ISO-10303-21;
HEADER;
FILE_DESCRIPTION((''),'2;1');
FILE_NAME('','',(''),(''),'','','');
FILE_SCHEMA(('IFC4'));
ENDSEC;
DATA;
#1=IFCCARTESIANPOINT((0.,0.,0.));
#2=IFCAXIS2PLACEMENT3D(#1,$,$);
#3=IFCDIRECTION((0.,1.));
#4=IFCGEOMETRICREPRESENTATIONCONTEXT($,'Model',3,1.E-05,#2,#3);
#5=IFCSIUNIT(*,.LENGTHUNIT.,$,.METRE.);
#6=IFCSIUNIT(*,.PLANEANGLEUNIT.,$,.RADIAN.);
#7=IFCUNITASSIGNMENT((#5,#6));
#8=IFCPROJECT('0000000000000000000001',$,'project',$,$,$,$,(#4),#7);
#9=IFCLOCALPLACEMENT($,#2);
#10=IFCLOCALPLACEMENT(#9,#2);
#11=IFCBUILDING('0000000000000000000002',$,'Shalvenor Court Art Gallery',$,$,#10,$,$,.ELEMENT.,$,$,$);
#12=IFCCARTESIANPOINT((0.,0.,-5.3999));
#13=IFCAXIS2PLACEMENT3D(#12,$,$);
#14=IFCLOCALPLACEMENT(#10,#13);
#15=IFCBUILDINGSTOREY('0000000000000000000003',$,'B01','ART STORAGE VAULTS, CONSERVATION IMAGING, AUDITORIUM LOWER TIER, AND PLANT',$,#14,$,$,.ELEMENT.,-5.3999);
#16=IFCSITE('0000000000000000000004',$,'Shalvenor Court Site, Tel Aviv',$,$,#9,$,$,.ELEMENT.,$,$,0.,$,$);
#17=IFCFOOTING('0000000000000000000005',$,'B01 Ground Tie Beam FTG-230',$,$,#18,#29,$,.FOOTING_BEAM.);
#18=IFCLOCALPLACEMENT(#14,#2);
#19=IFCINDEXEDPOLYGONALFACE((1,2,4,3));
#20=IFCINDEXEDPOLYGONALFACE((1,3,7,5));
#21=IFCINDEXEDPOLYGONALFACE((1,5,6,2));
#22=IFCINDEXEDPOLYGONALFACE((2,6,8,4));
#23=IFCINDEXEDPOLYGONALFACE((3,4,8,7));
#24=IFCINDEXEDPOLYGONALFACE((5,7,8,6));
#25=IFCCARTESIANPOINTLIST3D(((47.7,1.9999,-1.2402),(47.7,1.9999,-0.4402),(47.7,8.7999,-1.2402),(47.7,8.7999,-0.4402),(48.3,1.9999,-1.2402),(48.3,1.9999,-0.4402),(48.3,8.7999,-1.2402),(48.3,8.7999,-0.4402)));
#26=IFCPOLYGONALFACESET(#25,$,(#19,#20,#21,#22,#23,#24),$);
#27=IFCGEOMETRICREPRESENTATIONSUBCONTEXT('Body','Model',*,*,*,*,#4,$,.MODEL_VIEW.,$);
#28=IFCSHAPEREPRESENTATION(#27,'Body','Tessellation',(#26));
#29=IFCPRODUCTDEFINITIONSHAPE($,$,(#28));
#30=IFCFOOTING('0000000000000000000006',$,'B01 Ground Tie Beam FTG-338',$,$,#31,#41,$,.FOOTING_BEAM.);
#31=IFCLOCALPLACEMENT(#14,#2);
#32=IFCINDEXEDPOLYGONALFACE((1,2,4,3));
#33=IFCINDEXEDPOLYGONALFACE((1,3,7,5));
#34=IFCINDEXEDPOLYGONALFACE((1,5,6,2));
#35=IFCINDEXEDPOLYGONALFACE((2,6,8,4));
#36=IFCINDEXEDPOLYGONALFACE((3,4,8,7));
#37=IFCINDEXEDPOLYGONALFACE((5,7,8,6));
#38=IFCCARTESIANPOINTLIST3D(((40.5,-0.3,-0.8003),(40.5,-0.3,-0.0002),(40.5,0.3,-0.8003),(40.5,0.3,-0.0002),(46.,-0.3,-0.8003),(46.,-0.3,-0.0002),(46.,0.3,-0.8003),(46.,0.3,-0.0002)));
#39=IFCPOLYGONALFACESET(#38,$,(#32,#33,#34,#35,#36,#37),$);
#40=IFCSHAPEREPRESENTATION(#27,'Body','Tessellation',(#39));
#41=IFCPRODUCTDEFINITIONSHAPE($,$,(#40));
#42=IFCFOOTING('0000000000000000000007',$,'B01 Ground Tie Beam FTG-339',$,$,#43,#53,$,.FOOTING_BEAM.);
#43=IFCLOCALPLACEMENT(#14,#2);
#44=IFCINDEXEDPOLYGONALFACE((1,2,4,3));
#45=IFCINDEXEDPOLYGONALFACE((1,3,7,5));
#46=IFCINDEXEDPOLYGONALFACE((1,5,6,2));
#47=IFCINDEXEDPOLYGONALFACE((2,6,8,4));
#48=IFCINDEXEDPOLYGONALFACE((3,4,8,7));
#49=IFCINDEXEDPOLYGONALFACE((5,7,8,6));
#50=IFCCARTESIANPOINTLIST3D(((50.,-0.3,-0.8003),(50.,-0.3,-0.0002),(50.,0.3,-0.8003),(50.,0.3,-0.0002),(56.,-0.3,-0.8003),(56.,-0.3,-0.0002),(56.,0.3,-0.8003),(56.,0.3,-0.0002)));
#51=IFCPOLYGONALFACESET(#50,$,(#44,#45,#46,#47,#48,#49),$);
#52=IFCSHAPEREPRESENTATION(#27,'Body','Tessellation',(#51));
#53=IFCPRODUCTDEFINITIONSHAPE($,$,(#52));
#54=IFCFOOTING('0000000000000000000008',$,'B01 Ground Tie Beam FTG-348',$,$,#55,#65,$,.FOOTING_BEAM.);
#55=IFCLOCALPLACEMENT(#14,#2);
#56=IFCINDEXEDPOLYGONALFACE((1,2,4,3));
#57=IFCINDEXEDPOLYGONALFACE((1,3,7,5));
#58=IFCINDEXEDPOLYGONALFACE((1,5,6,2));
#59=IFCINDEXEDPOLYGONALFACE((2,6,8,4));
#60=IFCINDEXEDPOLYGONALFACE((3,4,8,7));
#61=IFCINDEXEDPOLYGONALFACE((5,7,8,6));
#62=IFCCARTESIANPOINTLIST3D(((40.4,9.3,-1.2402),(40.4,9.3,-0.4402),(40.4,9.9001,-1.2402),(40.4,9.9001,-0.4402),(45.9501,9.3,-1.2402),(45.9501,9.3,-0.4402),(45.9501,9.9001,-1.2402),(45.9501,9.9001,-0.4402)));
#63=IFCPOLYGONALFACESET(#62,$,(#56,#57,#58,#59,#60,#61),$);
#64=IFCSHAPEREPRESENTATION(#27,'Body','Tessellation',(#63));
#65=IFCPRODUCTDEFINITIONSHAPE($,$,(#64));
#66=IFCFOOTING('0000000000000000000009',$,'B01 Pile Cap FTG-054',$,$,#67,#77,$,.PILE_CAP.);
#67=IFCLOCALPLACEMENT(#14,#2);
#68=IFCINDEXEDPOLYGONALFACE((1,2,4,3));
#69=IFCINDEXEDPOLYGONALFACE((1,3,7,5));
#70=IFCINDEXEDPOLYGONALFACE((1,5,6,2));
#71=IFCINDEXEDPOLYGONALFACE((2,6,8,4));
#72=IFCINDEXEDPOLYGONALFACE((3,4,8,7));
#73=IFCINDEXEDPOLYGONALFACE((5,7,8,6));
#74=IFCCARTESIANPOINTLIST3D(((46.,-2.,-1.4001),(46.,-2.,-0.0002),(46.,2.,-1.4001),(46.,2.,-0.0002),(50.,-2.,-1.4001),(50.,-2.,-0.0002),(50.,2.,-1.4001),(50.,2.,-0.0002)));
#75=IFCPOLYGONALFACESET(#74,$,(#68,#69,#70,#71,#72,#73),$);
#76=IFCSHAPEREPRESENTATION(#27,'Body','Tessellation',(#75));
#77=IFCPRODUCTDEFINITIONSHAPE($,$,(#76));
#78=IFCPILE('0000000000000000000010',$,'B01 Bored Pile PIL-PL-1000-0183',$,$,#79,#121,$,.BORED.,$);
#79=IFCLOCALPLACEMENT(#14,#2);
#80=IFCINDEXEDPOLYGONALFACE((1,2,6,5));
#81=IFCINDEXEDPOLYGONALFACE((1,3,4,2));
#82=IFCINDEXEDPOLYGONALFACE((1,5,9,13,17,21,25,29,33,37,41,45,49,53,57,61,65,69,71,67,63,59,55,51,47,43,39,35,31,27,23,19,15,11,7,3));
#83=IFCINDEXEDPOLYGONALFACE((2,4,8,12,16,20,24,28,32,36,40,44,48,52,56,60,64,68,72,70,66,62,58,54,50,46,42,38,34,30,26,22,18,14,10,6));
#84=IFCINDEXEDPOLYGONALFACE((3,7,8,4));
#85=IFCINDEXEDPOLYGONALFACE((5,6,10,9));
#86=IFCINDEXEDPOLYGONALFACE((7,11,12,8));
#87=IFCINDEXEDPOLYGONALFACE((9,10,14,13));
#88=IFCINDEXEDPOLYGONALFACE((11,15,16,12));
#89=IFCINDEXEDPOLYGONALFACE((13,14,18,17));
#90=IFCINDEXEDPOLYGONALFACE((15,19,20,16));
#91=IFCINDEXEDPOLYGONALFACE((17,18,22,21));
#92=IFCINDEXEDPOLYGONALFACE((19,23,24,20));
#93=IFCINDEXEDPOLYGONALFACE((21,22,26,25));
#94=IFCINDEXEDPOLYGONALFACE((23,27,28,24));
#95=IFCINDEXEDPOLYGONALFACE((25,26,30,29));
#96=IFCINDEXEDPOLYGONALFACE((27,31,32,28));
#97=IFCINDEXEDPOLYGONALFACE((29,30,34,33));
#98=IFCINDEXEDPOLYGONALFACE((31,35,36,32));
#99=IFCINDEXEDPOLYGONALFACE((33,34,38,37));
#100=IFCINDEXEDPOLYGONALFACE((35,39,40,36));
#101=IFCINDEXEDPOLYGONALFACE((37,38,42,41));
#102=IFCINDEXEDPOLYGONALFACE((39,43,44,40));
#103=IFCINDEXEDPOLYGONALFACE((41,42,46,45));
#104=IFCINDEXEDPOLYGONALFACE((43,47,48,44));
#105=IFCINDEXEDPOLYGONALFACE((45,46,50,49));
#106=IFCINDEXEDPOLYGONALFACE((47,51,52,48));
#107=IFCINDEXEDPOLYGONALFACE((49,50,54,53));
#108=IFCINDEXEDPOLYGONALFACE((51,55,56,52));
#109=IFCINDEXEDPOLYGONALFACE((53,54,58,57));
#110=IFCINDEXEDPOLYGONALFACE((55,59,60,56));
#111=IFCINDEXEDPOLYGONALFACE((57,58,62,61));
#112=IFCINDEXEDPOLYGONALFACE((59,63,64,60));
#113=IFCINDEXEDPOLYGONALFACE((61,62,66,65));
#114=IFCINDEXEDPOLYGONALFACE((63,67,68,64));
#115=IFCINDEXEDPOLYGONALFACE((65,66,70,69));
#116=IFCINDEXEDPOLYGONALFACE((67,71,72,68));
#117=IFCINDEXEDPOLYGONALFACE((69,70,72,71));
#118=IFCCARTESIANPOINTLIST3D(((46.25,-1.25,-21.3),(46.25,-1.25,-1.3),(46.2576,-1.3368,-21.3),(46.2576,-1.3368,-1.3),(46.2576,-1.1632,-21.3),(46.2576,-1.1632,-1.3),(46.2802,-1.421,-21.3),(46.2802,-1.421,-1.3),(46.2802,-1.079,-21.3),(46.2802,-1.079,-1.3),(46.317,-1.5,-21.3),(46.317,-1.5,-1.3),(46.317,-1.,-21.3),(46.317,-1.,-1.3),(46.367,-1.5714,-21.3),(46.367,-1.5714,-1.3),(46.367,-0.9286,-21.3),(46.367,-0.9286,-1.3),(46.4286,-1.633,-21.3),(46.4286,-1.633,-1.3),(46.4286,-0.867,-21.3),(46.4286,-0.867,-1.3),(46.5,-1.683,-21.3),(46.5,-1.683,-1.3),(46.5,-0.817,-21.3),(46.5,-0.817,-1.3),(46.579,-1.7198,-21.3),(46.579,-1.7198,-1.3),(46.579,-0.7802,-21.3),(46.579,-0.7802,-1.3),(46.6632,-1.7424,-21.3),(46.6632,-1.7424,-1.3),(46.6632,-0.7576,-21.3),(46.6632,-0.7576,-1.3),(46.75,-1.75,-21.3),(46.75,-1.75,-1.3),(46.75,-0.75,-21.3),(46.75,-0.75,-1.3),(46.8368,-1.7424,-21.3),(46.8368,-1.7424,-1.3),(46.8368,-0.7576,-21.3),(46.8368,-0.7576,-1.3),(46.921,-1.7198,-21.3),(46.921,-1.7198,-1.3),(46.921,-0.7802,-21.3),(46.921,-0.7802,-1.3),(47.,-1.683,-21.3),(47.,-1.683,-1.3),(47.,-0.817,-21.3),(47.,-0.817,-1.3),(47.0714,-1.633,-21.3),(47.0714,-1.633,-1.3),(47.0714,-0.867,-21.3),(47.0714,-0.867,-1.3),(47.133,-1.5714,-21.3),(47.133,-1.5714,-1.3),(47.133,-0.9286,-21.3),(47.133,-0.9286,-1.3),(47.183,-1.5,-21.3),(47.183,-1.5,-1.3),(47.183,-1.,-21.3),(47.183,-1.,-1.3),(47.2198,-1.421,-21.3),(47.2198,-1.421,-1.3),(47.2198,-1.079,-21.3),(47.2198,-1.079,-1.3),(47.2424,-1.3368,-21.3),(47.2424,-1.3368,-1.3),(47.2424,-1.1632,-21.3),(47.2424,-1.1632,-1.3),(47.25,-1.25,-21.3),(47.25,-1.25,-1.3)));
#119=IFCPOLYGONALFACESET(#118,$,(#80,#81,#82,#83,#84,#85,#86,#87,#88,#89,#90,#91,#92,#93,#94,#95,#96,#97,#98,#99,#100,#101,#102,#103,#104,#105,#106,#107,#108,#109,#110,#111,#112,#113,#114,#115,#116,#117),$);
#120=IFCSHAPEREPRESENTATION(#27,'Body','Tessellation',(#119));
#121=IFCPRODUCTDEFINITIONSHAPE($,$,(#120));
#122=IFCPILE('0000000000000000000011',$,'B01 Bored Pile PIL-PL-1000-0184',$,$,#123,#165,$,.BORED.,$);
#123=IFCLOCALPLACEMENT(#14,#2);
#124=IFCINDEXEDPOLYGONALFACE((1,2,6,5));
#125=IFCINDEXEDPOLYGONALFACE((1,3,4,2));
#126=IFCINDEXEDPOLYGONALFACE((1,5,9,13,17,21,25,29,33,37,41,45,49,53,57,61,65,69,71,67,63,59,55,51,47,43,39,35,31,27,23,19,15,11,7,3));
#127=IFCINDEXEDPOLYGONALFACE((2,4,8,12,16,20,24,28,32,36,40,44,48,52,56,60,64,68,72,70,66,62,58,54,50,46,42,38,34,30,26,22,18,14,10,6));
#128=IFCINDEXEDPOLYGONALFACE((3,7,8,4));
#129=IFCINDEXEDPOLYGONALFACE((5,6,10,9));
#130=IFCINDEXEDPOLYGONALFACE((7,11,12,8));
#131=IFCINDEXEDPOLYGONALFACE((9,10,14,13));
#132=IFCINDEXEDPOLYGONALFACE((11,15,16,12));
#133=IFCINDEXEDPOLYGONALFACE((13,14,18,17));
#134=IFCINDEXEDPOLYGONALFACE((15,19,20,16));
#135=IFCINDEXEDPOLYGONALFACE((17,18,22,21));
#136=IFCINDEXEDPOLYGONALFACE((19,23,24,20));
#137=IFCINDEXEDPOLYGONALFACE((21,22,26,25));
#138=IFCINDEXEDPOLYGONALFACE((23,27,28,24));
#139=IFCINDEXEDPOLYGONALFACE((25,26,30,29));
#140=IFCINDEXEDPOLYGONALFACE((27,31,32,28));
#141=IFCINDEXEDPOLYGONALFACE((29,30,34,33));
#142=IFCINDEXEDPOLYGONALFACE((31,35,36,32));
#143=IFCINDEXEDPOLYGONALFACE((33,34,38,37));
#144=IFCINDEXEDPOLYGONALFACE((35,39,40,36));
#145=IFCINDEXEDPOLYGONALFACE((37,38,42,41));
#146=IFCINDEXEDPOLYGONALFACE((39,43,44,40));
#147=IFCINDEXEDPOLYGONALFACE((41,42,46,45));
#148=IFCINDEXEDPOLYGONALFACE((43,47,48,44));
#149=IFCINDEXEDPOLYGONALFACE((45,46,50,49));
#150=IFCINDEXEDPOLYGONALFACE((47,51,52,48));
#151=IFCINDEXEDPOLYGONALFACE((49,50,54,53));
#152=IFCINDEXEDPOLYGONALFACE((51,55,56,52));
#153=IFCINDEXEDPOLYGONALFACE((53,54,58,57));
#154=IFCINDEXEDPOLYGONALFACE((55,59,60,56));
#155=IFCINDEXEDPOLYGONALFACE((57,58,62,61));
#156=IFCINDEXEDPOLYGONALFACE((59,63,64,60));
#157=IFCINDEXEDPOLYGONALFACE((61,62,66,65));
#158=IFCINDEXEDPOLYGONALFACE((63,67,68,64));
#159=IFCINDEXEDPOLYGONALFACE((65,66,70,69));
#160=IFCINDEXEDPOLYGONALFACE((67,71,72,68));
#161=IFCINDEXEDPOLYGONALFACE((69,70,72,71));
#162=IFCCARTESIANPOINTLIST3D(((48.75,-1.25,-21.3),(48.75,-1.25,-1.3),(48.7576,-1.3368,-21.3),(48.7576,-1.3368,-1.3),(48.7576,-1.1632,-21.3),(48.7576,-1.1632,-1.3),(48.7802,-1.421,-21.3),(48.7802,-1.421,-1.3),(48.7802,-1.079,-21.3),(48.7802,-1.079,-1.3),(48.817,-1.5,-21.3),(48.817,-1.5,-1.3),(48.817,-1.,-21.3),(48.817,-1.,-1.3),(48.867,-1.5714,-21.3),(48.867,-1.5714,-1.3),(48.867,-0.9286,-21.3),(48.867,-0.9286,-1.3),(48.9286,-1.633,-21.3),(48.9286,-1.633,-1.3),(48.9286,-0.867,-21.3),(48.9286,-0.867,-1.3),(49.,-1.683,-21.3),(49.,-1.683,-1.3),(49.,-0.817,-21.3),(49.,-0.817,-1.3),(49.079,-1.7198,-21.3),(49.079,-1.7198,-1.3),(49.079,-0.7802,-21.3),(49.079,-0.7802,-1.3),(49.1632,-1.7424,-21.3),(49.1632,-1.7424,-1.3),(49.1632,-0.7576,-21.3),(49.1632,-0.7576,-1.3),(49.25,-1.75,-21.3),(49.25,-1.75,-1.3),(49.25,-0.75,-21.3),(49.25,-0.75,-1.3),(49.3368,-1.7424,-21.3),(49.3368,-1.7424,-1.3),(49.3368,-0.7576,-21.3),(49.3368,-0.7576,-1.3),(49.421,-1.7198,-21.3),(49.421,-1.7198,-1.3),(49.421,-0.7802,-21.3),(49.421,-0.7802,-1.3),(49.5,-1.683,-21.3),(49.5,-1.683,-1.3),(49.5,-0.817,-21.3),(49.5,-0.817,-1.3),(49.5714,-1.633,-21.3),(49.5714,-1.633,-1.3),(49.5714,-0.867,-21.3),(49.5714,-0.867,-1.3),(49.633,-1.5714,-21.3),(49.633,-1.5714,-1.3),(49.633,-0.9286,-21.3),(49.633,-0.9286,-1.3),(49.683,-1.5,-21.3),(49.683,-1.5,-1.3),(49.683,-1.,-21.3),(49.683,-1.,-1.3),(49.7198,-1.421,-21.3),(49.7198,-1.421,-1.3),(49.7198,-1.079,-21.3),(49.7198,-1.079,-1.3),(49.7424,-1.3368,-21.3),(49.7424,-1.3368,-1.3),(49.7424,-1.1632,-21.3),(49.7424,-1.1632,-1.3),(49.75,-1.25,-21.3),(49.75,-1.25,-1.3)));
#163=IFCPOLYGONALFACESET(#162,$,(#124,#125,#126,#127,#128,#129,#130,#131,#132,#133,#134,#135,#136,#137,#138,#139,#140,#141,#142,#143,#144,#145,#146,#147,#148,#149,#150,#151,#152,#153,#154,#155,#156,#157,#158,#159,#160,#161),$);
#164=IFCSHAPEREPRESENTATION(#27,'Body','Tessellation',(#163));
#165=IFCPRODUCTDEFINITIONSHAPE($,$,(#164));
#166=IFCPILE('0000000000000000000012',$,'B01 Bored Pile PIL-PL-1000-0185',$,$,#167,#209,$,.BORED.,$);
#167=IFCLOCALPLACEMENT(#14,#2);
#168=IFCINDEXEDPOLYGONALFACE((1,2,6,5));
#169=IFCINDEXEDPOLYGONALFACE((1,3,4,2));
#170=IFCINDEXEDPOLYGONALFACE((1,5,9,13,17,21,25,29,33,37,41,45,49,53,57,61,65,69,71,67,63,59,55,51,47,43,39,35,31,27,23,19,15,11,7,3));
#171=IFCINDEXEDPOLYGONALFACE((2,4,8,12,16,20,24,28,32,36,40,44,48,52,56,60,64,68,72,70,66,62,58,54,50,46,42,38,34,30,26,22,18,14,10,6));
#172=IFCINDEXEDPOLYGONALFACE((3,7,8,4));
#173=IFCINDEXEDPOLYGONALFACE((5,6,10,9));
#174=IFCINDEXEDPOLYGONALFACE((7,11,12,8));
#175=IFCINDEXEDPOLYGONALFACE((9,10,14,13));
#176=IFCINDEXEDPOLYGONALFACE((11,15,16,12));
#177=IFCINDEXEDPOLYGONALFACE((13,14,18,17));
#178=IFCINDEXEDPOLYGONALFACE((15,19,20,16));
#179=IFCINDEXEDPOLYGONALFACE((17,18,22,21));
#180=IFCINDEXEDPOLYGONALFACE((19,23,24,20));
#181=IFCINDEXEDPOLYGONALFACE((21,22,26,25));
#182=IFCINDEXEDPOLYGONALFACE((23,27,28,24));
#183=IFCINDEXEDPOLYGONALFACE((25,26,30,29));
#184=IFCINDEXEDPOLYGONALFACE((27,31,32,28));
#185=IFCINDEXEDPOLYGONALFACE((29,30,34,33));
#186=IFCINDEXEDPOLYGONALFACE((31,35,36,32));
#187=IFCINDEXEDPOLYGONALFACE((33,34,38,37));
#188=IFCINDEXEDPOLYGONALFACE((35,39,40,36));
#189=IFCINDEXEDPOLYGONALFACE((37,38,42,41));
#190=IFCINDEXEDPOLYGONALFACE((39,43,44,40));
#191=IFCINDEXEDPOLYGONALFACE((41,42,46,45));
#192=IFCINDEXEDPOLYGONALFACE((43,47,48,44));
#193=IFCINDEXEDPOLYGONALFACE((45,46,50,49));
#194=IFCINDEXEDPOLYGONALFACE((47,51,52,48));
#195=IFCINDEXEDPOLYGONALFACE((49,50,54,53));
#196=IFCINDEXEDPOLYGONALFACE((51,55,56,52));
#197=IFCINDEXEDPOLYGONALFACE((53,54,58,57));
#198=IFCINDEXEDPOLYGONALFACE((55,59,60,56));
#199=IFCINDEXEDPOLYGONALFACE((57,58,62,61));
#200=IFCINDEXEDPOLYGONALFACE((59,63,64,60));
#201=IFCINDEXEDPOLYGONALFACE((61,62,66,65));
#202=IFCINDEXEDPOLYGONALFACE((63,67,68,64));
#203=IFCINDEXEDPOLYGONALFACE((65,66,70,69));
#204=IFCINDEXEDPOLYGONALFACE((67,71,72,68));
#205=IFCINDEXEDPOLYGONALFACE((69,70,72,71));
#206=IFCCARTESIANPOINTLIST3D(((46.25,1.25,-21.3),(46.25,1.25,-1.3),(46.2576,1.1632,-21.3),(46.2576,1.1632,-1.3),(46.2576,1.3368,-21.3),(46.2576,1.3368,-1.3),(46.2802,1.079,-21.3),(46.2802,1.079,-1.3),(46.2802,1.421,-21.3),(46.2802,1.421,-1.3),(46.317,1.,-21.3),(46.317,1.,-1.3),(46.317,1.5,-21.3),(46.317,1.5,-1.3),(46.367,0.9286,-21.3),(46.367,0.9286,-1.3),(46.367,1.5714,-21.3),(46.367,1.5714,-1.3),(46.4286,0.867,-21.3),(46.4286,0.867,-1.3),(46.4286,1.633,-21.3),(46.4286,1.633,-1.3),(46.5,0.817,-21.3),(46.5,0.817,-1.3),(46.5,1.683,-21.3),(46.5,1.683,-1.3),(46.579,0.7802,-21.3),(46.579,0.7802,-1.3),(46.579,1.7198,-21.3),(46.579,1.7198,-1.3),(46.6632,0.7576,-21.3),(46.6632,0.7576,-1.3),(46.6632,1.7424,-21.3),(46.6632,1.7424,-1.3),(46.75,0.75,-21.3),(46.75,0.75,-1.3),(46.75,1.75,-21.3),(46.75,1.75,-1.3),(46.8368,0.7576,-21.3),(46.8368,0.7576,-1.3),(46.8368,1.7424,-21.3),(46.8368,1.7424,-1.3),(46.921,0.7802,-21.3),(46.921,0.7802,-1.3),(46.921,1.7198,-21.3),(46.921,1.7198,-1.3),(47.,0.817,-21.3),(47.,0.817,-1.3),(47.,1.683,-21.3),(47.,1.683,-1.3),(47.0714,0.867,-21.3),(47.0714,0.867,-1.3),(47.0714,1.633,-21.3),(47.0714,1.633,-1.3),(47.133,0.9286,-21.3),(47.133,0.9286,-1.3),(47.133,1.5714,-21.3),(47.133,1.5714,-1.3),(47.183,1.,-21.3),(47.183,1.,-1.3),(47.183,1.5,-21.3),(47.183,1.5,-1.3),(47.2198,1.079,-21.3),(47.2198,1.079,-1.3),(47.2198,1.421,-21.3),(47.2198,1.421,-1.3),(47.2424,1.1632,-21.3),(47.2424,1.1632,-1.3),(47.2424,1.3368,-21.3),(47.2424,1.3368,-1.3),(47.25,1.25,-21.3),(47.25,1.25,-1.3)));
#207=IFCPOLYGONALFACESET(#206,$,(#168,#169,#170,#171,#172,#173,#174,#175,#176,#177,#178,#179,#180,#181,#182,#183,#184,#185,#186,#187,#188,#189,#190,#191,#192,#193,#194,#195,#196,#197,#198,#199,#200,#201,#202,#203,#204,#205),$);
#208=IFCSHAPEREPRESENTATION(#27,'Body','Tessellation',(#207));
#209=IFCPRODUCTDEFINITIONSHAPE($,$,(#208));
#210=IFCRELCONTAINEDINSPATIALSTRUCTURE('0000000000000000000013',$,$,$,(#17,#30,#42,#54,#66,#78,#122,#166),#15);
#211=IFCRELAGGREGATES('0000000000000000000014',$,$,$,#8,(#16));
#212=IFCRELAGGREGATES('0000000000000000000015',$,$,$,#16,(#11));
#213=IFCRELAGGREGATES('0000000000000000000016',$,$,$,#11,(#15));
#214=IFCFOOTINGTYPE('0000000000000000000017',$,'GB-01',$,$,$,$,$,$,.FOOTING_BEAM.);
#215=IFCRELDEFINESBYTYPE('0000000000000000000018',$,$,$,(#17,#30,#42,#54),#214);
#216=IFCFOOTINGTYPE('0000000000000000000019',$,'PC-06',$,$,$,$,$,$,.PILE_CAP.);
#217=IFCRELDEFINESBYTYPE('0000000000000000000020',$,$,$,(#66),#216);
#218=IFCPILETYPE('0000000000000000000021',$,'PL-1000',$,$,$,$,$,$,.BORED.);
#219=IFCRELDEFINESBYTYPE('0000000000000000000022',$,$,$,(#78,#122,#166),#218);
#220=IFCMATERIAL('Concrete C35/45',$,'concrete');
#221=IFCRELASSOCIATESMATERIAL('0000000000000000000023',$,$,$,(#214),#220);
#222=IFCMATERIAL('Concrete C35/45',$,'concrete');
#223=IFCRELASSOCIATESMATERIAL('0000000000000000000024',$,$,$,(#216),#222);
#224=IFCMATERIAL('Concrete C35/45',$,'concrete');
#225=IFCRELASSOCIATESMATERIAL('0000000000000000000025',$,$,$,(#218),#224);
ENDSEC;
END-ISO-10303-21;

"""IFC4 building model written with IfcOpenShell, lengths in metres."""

from ifc_helpers import new_model, si_unit, direction, frame, origin, origin_2d, place, context, subcontext, project, spatial, rectangle, circle, extrude, material, material_profile, profile_set, type_object, element, save


model = new_model("IFC4")

# Units and contexts
model_context = context("Model", 3, precision=1e-05, world=origin(), true_north=direction((0.0, 1.0)))
body_context = subcontext(model_context, "Body", "Model", "MODEL_VIEW")
ifc_project = project(units=[si_unit("LENGTHUNIT", "METRE"), si_unit("PLANEANGLEUNIT", "RADIAN")], contexts=[model_context])

# Site, building, storey
site_placement = place(None, origin())
site = spatial("IfcSite", under=ifc_project, at=site_placement, Name="Shalvenor Court Site, Tel Aviv", CompositionType="ELEMENT", RefElevation=0.0)
building_placement = place(site_placement, origin())
building = spatial("IfcBuilding", under=site, at=building_placement, Name="Shalvenor Court Art Gallery", CompositionType="ELEMENT")
storey_placement = place(building_placement, frame((0.0, 0.0, -5.3999)))
storey = spatial("IfcBuildingStorey", under=building, at=storey_placement, Name="B01", Description="ART STORAGE VAULTS, CONSERVATION IMAGING, AUDITORIUM LOWER TIER, AND PLANT", CompositionType="ELEMENT", Elevation=-5.3999)

# Footings
ifc_material_1 = material(Name="Concrete C35/45", Category="concrete")
footing_type_1 = type_object("IfcFootingType", Name="GB-01", PredefinedType="FOOTING_BEAM", material=ifc_material_1)
footing_1_placement = place(storey_placement, frame((48.0, 5.3999, -1.2402), z_axis=(0.0, 0.0, 1.0), x_axis=(0.0, 1.0, 0.0)))
element("IfcFooting", 1, at=footing_1_placement, inside=storey, type_object=footing_type_1, Name="B01 Ground Tie Beam FTG-230", PredefinedType="FOOTING_BEAM", context=body_context, shape_type="SweptSolid", body=[
    extrude(rectangle(XDim=6.8, YDim=0.6001, at=origin_2d()), origin(), (0.0, 0.0, 1.0), 0.8),
])
footing_2_placement = place(storey_placement, frame((43.25, 0.0, -0.8003), z_axis=(0.0, 0.0, 1.0), x_axis=(1.0, 0.0, 0.0)))
element("IfcFooting", 2, at=footing_2_placement, inside=storey, type_object=footing_type_1, Name="B01 Ground Tie Beam FTG-338", PredefinedType="FOOTING_BEAM", context=body_context, shape_type="SweptSolid", body=[
    extrude(rectangle(XDim=5.5, YDim=0.6001, at=origin_2d()), origin(), (0.0, 0.0, 1.0), 0.8),
])
footing_3_placement = place(storey_placement, frame((53.0, 0.0, -0.8003), z_axis=(0.0, 0.0, 1.0), x_axis=(1.0, 0.0, 0.0)))
element("IfcFooting", 3, at=footing_3_placement, inside=storey, type_object=footing_type_1, Name="B01 Ground Tie Beam FTG-339", PredefinedType="FOOTING_BEAM", context=body_context, shape_type="SweptSolid", body=[
    extrude(rectangle(XDim=6.0, YDim=0.6001, at=origin_2d()), origin(), (0.0, 0.0, 1.0), 0.8),
])
footing_4_placement = place(storey_placement, frame((43.175, 9.6001, -1.2402), z_axis=(0.0, 0.0, 1.0), x_axis=(1.0, 0.0, 0.0)))
element("IfcFooting", 4, at=footing_4_placement, inside=storey, type_object=footing_type_1, Name="B01 Ground Tie Beam FTG-348", PredefinedType="FOOTING_BEAM", context=body_context, shape_type="SweptSolid", body=[
    extrude(rectangle(XDim=5.55, YDim=0.6001, at=origin_2d()), origin(), (0.0, 0.0, 1.0), 0.8),
])
ifc_material_2 = material(Name="Concrete C35/45", Category="concrete")
footing_type_2 = type_object("IfcFootingType", Name="PC-06", PredefinedType="PILE_CAP", material=ifc_material_2)
footing_5_placement = place(storey_placement, frame((48.0, 0.0, -1.4001), z_axis=(0.0, 0.0, 1.0), x_axis=(1.0, 0.0, 0.0)))
element("IfcFooting", 5, at=footing_5_placement, inside=storey, type_object=footing_type_2, Name="B01 Pile Cap FTG-054", PredefinedType="PILE_CAP", context=body_context, shape_type="SweptSolid", body=[
    extrude(rectangle(XDim=4.0, YDim=4.0, at=origin_2d()), origin(), (0.0, 0.0, 1.0), 1.3999),
])

# Piles
ifc_material_3 = material(Name="Concrete C35/45", Category="concrete")
ifc_material_profile_1 = material_profile(ifc_material_3, circle(Radius=0.5, at=origin_2d()), Name="PILE 1000")
ifc_profile_set_1 = profile_set([ifc_material_profile_1], Name="Concrete C35/45")
pile_type_1 = type_object("IfcPileType", Name="PL-1000", PredefinedType="BORED", material=ifc_profile_set_1)
for number, where, z_axis, x_axis, name in (
    (6, (46.75, -1.25, -1.3), (0.0, 0.0, -1.0), (1.0, 0.0, 0.0), "B01 Bored Pile PIL-PL-1000-0183"),
    (7, (49.25, -1.25, -1.3), (0.0, 0.0, -1.0), (1.0, 0.0, 0.0), "B01 Bored Pile PIL-PL-1000-0184"),
    (8, (46.75, 1.25, -1.3), (0.0, 0.0, -1.0), (1.0, 0.0, 0.0), "B01 Bored Pile PIL-PL-1000-0185"),
):
    element("IfcPile", number, at=place(storey_placement, frame(where, z_axis=z_axis, x_axis=x_axis)), inside=storey, type_object=pile_type_1, Name=name, PredefinedType="BORED", context=body_context, shape_type="SweptSolid", body=[
        extrude(circle(Radius=0.5, at=origin_2d()), origin(), (0.0, 0.0, 1.0), 20.0),
    ])

save(model, "model.ifc")
